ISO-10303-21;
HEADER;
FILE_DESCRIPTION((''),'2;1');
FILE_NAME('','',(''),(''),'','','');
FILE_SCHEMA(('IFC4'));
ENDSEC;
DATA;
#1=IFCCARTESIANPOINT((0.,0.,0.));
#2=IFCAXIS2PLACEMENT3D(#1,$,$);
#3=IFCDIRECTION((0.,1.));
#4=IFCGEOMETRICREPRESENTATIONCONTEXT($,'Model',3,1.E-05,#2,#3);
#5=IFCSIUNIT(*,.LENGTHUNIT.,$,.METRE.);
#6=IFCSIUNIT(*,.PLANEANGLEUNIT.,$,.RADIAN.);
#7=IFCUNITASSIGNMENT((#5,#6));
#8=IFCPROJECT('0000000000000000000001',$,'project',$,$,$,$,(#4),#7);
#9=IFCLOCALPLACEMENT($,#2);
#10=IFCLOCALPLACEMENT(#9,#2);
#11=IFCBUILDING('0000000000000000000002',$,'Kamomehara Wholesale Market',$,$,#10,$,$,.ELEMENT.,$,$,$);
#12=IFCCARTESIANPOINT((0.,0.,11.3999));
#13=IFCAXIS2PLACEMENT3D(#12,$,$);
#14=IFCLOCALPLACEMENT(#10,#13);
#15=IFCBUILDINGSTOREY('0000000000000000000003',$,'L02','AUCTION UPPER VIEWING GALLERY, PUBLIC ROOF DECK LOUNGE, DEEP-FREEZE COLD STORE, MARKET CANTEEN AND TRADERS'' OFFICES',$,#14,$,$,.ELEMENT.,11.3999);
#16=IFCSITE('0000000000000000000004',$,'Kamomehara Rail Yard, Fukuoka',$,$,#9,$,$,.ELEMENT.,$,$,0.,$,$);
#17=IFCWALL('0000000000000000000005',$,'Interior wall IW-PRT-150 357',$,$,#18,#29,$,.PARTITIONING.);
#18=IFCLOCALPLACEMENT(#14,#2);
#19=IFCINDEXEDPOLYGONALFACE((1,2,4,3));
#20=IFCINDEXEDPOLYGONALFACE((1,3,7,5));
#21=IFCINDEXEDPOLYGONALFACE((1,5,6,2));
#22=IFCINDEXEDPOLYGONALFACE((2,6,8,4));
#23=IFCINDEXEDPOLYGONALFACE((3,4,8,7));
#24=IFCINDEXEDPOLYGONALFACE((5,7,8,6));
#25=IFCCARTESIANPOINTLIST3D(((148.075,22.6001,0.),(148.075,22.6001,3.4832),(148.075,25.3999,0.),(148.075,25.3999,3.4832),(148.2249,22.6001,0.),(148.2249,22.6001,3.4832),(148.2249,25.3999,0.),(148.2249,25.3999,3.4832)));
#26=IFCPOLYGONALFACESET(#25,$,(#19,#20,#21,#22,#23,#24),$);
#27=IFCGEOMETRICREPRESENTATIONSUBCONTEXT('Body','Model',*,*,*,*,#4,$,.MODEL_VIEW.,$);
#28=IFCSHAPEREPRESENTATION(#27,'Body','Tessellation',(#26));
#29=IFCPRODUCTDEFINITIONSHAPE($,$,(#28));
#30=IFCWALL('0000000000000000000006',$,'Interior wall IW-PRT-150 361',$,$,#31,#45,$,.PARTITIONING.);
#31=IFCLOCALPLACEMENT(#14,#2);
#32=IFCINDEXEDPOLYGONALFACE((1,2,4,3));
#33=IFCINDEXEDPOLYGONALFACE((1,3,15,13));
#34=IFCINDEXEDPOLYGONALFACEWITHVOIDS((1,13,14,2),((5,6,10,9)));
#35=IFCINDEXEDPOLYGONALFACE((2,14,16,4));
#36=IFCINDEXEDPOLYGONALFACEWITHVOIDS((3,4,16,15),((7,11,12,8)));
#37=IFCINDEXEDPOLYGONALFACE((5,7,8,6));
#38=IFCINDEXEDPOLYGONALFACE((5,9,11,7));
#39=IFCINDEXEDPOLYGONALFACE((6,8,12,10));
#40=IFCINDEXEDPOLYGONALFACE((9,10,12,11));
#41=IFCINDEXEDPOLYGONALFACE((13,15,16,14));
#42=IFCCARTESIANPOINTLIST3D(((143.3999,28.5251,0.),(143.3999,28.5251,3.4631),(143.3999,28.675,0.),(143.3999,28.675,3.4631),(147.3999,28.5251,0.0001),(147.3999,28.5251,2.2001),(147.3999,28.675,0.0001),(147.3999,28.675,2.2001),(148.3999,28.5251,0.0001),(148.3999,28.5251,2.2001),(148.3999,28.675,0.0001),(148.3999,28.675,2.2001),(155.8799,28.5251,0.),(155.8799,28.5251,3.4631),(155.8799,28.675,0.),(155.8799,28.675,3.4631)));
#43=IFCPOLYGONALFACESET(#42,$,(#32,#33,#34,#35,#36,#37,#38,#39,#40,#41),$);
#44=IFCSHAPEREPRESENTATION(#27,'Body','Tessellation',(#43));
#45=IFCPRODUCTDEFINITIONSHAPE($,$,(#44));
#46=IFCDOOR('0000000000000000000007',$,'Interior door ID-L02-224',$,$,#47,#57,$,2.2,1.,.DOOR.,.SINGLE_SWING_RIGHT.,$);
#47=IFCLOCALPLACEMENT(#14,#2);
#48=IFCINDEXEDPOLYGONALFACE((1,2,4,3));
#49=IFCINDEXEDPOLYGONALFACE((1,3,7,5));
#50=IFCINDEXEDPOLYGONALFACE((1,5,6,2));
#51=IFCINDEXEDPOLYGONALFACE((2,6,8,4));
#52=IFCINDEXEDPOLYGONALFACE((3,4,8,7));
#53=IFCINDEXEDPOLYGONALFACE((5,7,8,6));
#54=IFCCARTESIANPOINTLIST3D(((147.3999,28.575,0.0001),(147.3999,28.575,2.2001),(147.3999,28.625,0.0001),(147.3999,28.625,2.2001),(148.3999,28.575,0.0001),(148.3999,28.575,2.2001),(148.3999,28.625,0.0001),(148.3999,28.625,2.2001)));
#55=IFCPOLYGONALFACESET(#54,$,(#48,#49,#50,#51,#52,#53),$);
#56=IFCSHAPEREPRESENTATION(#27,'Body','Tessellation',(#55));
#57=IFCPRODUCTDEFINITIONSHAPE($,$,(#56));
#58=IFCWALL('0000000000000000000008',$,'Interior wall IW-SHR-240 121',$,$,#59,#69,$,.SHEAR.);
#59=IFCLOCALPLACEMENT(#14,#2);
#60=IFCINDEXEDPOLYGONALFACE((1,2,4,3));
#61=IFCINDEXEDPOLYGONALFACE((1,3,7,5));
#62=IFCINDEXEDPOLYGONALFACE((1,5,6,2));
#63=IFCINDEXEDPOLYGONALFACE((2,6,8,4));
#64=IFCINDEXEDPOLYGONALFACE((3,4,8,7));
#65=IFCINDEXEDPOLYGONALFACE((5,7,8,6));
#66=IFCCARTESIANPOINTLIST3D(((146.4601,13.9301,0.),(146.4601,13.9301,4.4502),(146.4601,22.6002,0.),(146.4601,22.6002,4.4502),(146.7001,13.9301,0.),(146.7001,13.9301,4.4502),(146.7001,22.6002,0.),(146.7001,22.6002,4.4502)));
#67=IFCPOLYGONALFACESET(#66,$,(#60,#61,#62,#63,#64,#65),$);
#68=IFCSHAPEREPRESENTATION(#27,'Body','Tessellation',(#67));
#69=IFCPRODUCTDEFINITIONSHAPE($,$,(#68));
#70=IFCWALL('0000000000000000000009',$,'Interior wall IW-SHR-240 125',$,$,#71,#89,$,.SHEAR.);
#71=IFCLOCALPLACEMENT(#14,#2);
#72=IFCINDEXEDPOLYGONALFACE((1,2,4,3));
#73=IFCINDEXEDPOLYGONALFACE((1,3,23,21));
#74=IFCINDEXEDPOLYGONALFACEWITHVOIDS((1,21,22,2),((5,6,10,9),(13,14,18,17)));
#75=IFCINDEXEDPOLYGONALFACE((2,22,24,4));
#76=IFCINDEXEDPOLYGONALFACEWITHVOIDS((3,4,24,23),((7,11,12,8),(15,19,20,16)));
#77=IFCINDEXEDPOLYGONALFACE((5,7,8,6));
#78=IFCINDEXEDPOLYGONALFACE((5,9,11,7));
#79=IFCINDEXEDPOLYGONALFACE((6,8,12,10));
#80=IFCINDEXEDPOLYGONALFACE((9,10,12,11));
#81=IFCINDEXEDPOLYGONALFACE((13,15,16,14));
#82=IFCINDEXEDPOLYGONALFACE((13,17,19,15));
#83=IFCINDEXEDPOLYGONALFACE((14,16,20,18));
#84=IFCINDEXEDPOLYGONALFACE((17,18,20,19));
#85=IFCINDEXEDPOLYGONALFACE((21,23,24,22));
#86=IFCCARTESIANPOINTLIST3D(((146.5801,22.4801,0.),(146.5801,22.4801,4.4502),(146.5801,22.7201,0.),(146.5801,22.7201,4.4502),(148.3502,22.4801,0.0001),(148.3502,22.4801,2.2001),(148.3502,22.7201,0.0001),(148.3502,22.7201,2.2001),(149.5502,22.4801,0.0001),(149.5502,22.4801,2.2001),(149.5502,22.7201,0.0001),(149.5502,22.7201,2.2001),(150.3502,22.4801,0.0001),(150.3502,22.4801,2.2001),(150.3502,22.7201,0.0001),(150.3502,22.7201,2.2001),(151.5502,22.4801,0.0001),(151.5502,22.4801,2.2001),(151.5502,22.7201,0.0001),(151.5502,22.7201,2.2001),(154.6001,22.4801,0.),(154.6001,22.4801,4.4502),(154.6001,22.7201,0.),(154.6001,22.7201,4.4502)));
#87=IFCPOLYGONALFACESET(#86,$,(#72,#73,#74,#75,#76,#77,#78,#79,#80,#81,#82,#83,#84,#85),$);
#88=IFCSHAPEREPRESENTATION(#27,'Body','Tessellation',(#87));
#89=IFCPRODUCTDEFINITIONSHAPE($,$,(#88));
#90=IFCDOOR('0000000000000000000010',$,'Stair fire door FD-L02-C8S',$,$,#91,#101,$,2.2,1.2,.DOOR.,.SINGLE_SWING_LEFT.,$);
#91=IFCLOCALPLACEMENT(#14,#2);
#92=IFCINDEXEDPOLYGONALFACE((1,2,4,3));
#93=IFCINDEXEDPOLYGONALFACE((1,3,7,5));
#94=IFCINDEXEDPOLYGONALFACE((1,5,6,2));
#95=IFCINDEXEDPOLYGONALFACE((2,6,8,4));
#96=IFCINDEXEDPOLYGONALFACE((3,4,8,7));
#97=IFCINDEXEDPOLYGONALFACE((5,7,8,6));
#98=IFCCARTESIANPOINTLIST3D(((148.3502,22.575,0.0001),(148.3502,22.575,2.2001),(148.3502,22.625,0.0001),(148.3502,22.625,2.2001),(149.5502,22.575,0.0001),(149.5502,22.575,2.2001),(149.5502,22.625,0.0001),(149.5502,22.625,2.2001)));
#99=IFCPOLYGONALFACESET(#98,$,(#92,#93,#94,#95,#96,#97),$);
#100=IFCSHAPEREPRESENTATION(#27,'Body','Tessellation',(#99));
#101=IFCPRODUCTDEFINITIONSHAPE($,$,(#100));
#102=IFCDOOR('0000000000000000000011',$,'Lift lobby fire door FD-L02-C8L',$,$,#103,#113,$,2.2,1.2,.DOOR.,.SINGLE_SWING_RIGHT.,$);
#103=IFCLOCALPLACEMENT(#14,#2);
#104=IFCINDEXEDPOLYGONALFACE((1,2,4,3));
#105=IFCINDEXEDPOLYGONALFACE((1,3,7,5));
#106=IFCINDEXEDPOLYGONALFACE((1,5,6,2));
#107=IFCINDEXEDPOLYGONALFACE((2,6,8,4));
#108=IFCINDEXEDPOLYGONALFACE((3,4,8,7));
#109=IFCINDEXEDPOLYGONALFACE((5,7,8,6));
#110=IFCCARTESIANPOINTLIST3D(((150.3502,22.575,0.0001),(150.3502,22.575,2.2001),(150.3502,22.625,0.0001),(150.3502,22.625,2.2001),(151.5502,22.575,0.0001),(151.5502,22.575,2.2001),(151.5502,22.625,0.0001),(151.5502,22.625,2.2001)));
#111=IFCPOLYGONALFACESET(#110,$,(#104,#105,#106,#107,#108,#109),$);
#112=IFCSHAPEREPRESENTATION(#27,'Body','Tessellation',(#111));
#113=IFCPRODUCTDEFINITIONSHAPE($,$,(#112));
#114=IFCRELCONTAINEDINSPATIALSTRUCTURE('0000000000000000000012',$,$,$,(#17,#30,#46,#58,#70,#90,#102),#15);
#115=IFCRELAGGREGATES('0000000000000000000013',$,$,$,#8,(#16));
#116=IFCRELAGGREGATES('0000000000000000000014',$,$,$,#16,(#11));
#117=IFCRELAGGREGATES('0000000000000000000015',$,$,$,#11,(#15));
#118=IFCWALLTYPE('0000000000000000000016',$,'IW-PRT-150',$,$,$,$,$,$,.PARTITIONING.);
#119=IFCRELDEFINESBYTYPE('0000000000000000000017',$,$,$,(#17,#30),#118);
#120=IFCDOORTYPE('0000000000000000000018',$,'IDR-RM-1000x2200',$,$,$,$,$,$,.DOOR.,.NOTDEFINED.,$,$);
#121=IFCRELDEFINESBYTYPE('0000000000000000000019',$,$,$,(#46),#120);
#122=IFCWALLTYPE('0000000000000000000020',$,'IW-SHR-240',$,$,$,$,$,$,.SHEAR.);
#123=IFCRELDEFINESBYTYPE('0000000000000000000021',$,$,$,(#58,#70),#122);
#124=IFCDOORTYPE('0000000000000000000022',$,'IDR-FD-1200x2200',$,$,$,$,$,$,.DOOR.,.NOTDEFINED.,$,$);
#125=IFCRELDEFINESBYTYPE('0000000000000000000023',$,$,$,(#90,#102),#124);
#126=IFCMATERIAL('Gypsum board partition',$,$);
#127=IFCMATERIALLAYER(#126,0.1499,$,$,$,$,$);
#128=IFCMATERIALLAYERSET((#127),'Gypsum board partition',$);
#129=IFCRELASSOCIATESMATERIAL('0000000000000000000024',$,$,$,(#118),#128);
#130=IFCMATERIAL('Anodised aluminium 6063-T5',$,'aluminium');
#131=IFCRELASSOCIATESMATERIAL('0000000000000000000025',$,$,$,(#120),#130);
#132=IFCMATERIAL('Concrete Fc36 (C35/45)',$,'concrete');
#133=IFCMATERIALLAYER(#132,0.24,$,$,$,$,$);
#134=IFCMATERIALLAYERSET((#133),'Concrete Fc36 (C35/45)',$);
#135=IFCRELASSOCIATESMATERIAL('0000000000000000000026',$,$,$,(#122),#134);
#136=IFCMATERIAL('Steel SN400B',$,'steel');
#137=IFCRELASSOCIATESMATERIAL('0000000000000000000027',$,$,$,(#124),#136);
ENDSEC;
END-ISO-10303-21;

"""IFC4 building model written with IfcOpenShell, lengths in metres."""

from ifc_helpers import new_model, si_unit, direction, frame, frame_2d, origin, place, context, subcontext, project, spatial, rectangle, extrude, material, layer, layer_set, type_object, element, fill, save


model = new_model("IFC4")

# Units and contexts
model_context = context("Model", 3, precision=1e-05, world=origin(), true_north=direction((0.0, 1.0)))
body_context = subcontext(model_context, "Body", "Model", "MODEL_VIEW")
ifc_project = project(units=[si_unit("LENGTHUNIT", "METRE"), si_unit("PLANEANGLEUNIT", "RADIAN")], contexts=[model_context])

# Site, building, storey
site_placement = place(None, origin())
site = spatial("IfcSite", under=ifc_project, at=site_placement, Name="Kamomehara Rail Yard, Fukuoka", CompositionType="ELEMENT", RefElevation=0.0)
building_placement = place(site_placement, origin())
building = spatial("IfcBuilding", under=site, at=building_placement, Name="Kamomehara Wholesale Market", CompositionType="ELEMENT")
storey_placement = place(building_placement, frame((0.0, 0.0, 11.3999)))
storey = spatial("IfcBuildingStorey", under=building, at=storey_placement, Name="L02", Description="AUCTION UPPER VIEWING GALLERY, PUBLIC ROOF DECK LOUNGE, DEEP-FREEZE COLD STORE, MARKET CANTEEN AND TRADERS' OFFICES", CompositionType="ELEMENT", Elevation=11.3999)

# Wall
ifc_material_1 = material(Name="Gypsum board partition")
ifc_layer_1 = layer(ifc_material_1, 0.1499)
ifc_layer_set_1 = layer_set([ifc_layer_1], Name="Gypsum board partition")
wall_type_1 = type_object("IfcWallType", Name="IW-PRT-150", PredefinedType="PARTITIONING", material=ifc_layer_set_1)
wall_1_placement = place(storey_placement, frame((148.1499, 22.6001, 0.0), z_axis=(0.0, 0.0, 1.0), x_axis=(0.0, 1.0, 0.0)))
element("IfcWall", 1, at=wall_1_placement, inside=storey, type_object=wall_type_1, Name="Interior wall IW-PRT-150 357", PredefinedType="PARTITIONING", context=body_context, shape_type="SweptSolid", body=[
    extrude(rectangle(XDim=2.7998, YDim=0.1499, at=frame_2d((1.3999, 0.0))), origin(), (0.0, 0.0, 1.0), 3.4832),
])

# Wall, opening, door
wall_2_placement = place(storey_placement, frame((143.3999, 28.6001, 0.0), z_axis=(0.0, 0.0, 1.0), x_axis=(1.0, 0.0, 0.0)))
wall_2 = element("IfcWall", 2, at=wall_2_placement, inside=storey, type_object=wall_type_1, Name="Interior wall IW-PRT-150 361", PredefinedType="PARTITIONING", context=body_context, shape_type="SweptSolid", body=[
    extrude(rectangle(XDim=12.48, YDim=0.1499, at=frame_2d((6.24, 0.0))), origin(), (0.0, 0.0, 1.0), 3.4631),
])
opening_1_placement = place(wall_2_placement, frame((4.0, 0.0, 0.0)))
opening_1 = element("IfcOpeningElement", 3, at=opening_1_placement, cuts=wall_2, PredefinedType="OPENING", context=body_context, shape_type="SweptSolid", body=[
    extrude(rectangle(XDim=1.0, YDim=2.2, at=frame_2d((0.5, 1.1001))), frame((0.0, 0.0898, 0.0), z_axis=(0.0, -1.0, 0.0), x_axis=(1.0, 0.0, 0.0)), (0.0, 0.0, 1.0), 0.1797),
])
ifc_material_2 = material(Name="Anodised aluminium 6063-T5", Category="aluminium")
door_type_1 = type_object("IfcDoorType", Name="IDR-RM-1000x2200", OperationType="NOTDEFINED", PredefinedType="DOOR", material=ifc_material_2)
door_1_placement = place(opening_1_placement, origin())
door_1 = element("IfcDoor", 4, at=door_1_placement, inside=storey, type_object=door_type_1, Name="Interior door ID-L02-224", OperationType="SINGLE_SWING_RIGHT", OverallHeight=2.2, OverallWidth=1.0, PredefinedType="DOOR", context=body_context, shape_type="SweptSolid", body=[
    extrude(rectangle(XDim=1.0, YDim=2.2, at=frame_2d((0.5, 1.1001))), frame((0.0, 0.0249, 0.0), z_axis=(0.0, -1.0, 0.0), x_axis=(1.0, 0.0, 0.0)), (0.0, 0.0, 1.0), 0.05),
])
fill(opening_1, door_1)

# Wall
ifc_material_3 = material(Name="Concrete Fc36 (C35/45)", Category="concrete")
ifc_layer_2 = layer(ifc_material_3, 0.24)
ifc_layer_set_2 = layer_set([ifc_layer_2], Name="Concrete Fc36 (C35/45)")
wall_type_2 = type_object("IfcWallType", Name="IW-SHR-240", PredefinedType="SHEAR", material=ifc_layer_set_2)
wall_3_placement = place(storey_placement, frame((146.5801, 22.6001, 0.0), z_axis=(0.0, 0.0, 1.0), x_axis=(0.0, -1.0, 0.0)))
element("IfcWall", 5, at=wall_3_placement, inside=storey, type_object=wall_type_2, Name="Interior wall IW-SHR-240 121", PredefinedType="SHEAR", context=body_context, shape_type="SweptSolid", body=[
    extrude(rectangle(XDim=8.6702, YDim=0.24, at=frame_2d((4.335, 0.0))), origin(), (0.0, 0.0, 1.0), 4.4502),
])

# Wall, openings, doors
wall_4_placement = place(storey_placement, frame((146.5801, 22.6001, 0.0), z_axis=(0.0, 0.0, 1.0), x_axis=(1.0, 0.0, 0.0)))
wall_4 = element("IfcWall", 6, at=wall_4_placement, inside=storey, type_object=wall_type_2, Name="Interior wall IW-SHR-240 125", PredefinedType="SHEAR", context=body_context, shape_type="SweptSolid", body=[
    extrude(rectangle(XDim=8.02, YDim=0.24, at=frame_2d((4.01, 0.0))), origin(), (0.0, 0.0, 1.0), 4.4502),
])
opening_2_placement = place(wall_4_placement, frame((1.77, 0.0, 0.0)))
opening_2 = element("IfcOpeningElement", 7, at=opening_2_placement, cuts=wall_4, PredefinedType="OPENING", context=body_context, shape_type="SweptSolid", body=[
    extrude(rectangle(XDim=1.2, YDim=2.2, at=frame_2d((0.6001, 1.1001))), frame((0.0, 0.1348, 0.0), z_axis=(0.0, -1.0, 0.0), x_axis=(1.0, 0.0, 0.0)), (0.0, 0.0, 1.0), 0.2698),
])
opening_3_placement = place(wall_4_placement, frame((3.77, 0.0, 0.0)))
opening_3 = element("IfcOpeningElement", 8, at=opening_3_placement, cuts=wall_4, PredefinedType="OPENING", context=body_context, shape_type="SweptSolid", body=[
    extrude(rectangle(XDim=1.2, YDim=2.2, at=frame_2d((0.6001, 1.1001))), frame((0.0, 0.1348, 0.0), z_axis=(0.0, -1.0, 0.0), x_axis=(1.0, 0.0, 0.0)), (0.0, 0.0, 1.0), 0.2698),
])
ifc_material_4 = material(Name="Steel SN400B", Category="steel")
door_type_2 = type_object("IfcDoorType", Name="IDR-FD-1200x2200", OperationType="NOTDEFINED", PredefinedType="DOOR", material=ifc_material_4)
door_2_placement = place(opening_2_placement, origin())
door_2 = element("IfcDoor", 9, at=door_2_placement, inside=storey, type_object=door_type_2, Name="Stair fire door FD-L02-C8S", OperationType="SINGLE_SWING_LEFT", OverallHeight=2.2, OverallWidth=1.2, PredefinedType="DOOR", context=body_context, shape_type="SweptSolid", body=[
    extrude(rectangle(XDim=1.2, YDim=2.2, at=frame_2d((0.6001, 1.1001))), frame((0.0, 0.0249, 0.0), z_axis=(0.0, -1.0, 0.0), x_axis=(1.0, 0.0, 0.0)), (0.0, 0.0, 1.0), 0.05),
])
fill(opening_2, door_2)
door_3_placement = place(opening_3_placement, origin())
door_3 = element("IfcDoor", 10, at=door_3_placement, inside=storey, type_object=door_type_2, Name="Lift lobby fire door FD-L02-C8L", OperationType="SINGLE_SWING_RIGHT", OverallHeight=2.2, OverallWidth=1.2, PredefinedType="DOOR", context=body_context, shape_type="SweptSolid", body=[
    extrude(rectangle(XDim=1.2, YDim=2.2, at=frame_2d((0.6001, 1.1001))), frame((0.0, 0.0249, 0.0), z_axis=(0.0, -1.0, 0.0), x_axis=(1.0, 0.0, 0.0)), (0.0, 0.0, 1.0), 0.05),
])
fill(opening_3, door_3)

save(model, "model.ifc")
